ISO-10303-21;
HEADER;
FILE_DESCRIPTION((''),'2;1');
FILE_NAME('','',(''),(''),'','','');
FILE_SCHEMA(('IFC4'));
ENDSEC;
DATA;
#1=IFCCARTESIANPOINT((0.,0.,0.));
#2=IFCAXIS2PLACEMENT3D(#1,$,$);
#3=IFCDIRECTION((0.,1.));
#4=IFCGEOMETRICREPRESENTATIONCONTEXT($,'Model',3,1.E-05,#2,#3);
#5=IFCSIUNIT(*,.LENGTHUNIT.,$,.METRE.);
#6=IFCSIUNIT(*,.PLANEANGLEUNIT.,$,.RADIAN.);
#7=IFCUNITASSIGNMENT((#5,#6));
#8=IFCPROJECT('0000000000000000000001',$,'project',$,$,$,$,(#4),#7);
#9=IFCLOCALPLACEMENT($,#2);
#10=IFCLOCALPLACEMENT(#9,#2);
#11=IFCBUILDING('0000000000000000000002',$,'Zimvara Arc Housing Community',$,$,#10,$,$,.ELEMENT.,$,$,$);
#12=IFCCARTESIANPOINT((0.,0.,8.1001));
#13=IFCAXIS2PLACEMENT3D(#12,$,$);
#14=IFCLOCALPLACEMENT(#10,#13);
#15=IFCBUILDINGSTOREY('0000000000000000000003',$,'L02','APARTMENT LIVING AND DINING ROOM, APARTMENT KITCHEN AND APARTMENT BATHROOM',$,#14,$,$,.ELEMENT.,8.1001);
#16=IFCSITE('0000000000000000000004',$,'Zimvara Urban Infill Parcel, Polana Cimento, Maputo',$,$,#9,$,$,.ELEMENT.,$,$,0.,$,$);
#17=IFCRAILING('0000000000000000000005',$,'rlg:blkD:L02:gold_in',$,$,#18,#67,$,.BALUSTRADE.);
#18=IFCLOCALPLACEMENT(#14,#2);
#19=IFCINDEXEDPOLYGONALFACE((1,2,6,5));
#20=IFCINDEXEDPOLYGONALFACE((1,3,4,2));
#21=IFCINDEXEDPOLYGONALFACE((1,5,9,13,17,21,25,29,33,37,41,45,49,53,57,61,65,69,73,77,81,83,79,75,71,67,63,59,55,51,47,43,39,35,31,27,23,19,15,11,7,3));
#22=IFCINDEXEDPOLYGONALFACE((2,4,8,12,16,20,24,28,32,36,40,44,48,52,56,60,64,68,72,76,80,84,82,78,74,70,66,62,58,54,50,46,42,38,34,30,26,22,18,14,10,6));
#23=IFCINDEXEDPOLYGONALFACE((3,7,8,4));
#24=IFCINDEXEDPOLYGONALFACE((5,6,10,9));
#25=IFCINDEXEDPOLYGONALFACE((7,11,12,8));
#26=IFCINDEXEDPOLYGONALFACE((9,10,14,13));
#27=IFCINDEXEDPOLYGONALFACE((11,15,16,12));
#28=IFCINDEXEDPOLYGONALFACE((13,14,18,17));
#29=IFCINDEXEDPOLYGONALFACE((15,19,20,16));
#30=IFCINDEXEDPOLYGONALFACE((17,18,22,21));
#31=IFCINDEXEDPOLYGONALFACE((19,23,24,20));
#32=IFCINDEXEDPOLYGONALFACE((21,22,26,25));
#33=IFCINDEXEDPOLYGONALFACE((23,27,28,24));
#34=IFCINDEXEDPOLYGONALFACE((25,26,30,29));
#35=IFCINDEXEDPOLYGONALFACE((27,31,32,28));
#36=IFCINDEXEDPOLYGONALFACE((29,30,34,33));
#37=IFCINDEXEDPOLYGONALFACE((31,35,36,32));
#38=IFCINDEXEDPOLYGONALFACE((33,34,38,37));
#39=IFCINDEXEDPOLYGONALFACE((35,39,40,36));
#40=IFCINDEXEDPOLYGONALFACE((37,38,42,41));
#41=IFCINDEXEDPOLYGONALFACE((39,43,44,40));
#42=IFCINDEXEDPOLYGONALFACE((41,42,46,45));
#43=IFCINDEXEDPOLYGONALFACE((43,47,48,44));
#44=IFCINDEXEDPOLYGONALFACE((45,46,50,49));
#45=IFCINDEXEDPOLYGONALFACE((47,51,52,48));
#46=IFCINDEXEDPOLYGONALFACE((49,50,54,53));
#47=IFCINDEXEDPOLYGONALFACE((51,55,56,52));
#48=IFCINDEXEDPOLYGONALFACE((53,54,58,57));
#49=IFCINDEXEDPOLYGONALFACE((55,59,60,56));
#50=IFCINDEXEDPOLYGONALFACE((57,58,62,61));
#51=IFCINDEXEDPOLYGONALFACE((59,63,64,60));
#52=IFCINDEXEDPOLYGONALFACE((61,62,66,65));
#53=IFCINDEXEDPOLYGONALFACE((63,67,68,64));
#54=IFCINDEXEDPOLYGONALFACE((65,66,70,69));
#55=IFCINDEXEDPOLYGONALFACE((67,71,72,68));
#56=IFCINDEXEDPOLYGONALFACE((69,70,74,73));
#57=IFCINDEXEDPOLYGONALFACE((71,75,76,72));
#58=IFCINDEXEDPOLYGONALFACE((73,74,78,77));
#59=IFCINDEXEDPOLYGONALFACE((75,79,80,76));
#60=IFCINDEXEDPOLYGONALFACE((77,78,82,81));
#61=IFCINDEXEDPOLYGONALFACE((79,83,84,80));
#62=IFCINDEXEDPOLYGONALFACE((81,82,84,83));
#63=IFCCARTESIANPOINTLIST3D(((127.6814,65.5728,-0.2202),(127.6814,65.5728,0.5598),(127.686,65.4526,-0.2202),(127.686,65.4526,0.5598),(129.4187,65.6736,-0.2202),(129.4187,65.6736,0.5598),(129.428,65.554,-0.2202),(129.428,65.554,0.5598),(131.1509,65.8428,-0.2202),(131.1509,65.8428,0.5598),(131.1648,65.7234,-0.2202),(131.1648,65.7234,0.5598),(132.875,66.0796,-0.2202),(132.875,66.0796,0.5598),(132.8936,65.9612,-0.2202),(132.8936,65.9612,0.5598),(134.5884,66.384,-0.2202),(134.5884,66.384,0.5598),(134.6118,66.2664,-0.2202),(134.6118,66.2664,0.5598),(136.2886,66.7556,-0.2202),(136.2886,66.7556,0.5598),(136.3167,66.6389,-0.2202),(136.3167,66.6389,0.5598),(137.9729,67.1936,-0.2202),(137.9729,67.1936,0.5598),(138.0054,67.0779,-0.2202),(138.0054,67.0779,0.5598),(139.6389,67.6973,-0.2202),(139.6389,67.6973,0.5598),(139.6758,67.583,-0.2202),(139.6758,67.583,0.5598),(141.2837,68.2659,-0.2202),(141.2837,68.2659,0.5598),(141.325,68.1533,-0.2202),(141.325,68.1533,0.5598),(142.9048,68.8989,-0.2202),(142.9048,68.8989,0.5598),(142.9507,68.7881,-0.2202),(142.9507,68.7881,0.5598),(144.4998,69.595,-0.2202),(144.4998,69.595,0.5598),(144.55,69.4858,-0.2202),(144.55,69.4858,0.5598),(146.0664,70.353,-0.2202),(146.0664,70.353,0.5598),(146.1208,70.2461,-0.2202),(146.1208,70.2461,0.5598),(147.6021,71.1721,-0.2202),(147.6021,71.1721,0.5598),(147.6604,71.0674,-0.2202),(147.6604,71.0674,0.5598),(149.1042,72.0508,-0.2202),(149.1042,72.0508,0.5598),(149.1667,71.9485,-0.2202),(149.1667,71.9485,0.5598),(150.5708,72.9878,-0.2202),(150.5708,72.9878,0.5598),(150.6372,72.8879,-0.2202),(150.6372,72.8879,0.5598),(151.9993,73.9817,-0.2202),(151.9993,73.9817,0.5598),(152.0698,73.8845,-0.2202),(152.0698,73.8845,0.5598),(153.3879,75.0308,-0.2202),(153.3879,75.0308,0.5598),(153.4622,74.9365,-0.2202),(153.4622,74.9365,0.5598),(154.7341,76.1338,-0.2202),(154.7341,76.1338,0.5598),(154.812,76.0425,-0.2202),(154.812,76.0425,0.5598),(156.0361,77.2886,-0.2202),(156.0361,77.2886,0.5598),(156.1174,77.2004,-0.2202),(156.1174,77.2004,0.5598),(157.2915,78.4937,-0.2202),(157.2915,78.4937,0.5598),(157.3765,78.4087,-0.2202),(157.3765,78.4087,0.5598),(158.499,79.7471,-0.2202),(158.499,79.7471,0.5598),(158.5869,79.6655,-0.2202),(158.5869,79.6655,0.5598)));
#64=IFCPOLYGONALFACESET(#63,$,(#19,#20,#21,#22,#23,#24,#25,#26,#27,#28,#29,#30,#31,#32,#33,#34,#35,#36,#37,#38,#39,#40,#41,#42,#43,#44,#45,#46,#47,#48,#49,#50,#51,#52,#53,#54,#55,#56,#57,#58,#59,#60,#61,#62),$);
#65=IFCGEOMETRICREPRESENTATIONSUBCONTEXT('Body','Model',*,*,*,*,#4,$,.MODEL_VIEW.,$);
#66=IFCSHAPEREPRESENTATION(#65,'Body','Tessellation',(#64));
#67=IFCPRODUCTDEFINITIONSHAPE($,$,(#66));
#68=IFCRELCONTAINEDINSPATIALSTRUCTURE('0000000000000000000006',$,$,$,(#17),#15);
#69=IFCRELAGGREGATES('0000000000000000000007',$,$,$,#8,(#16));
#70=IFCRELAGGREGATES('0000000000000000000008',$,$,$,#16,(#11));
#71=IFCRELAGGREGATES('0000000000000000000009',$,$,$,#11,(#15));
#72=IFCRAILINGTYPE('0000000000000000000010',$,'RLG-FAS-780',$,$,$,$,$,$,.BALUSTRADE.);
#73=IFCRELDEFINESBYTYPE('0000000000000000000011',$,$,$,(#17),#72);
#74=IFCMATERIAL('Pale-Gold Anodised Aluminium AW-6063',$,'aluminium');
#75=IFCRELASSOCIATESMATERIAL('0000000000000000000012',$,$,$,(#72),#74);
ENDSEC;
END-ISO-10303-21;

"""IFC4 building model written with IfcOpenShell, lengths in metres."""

from ifc_helpers import new_model, si_unit, direction, frame, origin, place, context, subcontext, project, spatial, polyline, outline, extrude, material, type_object, element, save


model = new_model("IFC4")

# Units and contexts
model_context = context("Model", 3, precision=1e-05, world=origin(), true_north=direction((0.0, 1.0)))
body_context = subcontext(model_context, "Body", "Model", "MODEL_VIEW")
ifc_project = project(units=[si_unit("LENGTHUNIT", "METRE"), si_unit("PLANEANGLEUNIT", "RADIAN")], contexts=[model_context])

# Site, building, storey
site_placement = place(None, origin())
site = spatial("IfcSite", under=ifc_project, at=site_placement, Name="Zimvara Urban Infill Parcel, Polana Cimento, Maputo", CompositionType="ELEMENT", RefElevation=0.0)
building_placement = place(site_placement, origin())
building = spatial("IfcBuilding", under=site, at=building_placement, Name="Zimvara Arc Housing Community", CompositionType="ELEMENT")
storey_placement = place(building_placement, frame((0.0, 0.0, 8.1001)))
storey = spatial("IfcBuildingStorey", under=building, at=storey_placement, Name="L02", Description="APARTMENT LIVING AND DINING ROOM, APARTMENT KITCHEN AND APARTMENT BATHROOM", CompositionType="ELEMENT", Elevation=8.1001)

# Railing
ifc_material_1 = material(Name="Pale-Gold Anodised Aluminium AW-6063", Category="aluminium")
railing_type = type_object("IfcRailingType", Name="RLG-FAS-780", PredefinedType="BALUSTRADE", material=ifc_material_1)
railing_1_placement = place(storey_placement, frame((0.0, 0.0, -0.2202)))
element("IfcRailing", 1, at=railing_1_placement, inside=storey, type_object=railing_type, Name="rlg:blkD:L02:gold_in", PredefinedType="BALUSTRADE", context=body_context, shape_type="SweptSolid", body=[
    extrude(outline(polyline([(127.686, 65.4526), (129.428, 65.554), (131.1648, 65.7234), (132.8936, 65.9612), (134.6118, 66.2664), (136.3167, 66.6389), (138.0054, 67.0779), (139.6758, 67.583), (141.325, 68.1533), (142.9507, 68.7881), (144.55, 69.4858), (146.1208, 70.2461), (147.6604, 71.0674), (149.1667, 71.9485), (150.6372, 72.8879), (152.0698, 73.8845), (153.4622, 74.9365), (154.812, 76.0425), (156.1174, 77.2004), (157.3765, 78.4087), (158.5869, 79.6655), (158.499, 79.7471), (157.2915, 78.4937), (156.0361, 77.2886), (154.7341, 76.1338), (153.3879, 75.0308), (151.9993, 73.9817), (150.5708, 72.9878), (149.1042, 72.0508), (147.6021, 71.1721), (146.0664, 70.353), (144.4998, 69.595), (142.9048, 68.8989), (141.2837, 68.2659), (139.6389, 67.6973), (137.9729, 67.1936), (136.2886, 66.7556), (134.5884, 66.384), (132.875, 66.0796), (131.1509, 65.8428), (129.4187, 65.6736), (127.6814, 65.5728), (127.686, 65.4526)])), origin(), (0.0, 0.0, 1.0), 0.78),
])

save(model, "model.ifc")
